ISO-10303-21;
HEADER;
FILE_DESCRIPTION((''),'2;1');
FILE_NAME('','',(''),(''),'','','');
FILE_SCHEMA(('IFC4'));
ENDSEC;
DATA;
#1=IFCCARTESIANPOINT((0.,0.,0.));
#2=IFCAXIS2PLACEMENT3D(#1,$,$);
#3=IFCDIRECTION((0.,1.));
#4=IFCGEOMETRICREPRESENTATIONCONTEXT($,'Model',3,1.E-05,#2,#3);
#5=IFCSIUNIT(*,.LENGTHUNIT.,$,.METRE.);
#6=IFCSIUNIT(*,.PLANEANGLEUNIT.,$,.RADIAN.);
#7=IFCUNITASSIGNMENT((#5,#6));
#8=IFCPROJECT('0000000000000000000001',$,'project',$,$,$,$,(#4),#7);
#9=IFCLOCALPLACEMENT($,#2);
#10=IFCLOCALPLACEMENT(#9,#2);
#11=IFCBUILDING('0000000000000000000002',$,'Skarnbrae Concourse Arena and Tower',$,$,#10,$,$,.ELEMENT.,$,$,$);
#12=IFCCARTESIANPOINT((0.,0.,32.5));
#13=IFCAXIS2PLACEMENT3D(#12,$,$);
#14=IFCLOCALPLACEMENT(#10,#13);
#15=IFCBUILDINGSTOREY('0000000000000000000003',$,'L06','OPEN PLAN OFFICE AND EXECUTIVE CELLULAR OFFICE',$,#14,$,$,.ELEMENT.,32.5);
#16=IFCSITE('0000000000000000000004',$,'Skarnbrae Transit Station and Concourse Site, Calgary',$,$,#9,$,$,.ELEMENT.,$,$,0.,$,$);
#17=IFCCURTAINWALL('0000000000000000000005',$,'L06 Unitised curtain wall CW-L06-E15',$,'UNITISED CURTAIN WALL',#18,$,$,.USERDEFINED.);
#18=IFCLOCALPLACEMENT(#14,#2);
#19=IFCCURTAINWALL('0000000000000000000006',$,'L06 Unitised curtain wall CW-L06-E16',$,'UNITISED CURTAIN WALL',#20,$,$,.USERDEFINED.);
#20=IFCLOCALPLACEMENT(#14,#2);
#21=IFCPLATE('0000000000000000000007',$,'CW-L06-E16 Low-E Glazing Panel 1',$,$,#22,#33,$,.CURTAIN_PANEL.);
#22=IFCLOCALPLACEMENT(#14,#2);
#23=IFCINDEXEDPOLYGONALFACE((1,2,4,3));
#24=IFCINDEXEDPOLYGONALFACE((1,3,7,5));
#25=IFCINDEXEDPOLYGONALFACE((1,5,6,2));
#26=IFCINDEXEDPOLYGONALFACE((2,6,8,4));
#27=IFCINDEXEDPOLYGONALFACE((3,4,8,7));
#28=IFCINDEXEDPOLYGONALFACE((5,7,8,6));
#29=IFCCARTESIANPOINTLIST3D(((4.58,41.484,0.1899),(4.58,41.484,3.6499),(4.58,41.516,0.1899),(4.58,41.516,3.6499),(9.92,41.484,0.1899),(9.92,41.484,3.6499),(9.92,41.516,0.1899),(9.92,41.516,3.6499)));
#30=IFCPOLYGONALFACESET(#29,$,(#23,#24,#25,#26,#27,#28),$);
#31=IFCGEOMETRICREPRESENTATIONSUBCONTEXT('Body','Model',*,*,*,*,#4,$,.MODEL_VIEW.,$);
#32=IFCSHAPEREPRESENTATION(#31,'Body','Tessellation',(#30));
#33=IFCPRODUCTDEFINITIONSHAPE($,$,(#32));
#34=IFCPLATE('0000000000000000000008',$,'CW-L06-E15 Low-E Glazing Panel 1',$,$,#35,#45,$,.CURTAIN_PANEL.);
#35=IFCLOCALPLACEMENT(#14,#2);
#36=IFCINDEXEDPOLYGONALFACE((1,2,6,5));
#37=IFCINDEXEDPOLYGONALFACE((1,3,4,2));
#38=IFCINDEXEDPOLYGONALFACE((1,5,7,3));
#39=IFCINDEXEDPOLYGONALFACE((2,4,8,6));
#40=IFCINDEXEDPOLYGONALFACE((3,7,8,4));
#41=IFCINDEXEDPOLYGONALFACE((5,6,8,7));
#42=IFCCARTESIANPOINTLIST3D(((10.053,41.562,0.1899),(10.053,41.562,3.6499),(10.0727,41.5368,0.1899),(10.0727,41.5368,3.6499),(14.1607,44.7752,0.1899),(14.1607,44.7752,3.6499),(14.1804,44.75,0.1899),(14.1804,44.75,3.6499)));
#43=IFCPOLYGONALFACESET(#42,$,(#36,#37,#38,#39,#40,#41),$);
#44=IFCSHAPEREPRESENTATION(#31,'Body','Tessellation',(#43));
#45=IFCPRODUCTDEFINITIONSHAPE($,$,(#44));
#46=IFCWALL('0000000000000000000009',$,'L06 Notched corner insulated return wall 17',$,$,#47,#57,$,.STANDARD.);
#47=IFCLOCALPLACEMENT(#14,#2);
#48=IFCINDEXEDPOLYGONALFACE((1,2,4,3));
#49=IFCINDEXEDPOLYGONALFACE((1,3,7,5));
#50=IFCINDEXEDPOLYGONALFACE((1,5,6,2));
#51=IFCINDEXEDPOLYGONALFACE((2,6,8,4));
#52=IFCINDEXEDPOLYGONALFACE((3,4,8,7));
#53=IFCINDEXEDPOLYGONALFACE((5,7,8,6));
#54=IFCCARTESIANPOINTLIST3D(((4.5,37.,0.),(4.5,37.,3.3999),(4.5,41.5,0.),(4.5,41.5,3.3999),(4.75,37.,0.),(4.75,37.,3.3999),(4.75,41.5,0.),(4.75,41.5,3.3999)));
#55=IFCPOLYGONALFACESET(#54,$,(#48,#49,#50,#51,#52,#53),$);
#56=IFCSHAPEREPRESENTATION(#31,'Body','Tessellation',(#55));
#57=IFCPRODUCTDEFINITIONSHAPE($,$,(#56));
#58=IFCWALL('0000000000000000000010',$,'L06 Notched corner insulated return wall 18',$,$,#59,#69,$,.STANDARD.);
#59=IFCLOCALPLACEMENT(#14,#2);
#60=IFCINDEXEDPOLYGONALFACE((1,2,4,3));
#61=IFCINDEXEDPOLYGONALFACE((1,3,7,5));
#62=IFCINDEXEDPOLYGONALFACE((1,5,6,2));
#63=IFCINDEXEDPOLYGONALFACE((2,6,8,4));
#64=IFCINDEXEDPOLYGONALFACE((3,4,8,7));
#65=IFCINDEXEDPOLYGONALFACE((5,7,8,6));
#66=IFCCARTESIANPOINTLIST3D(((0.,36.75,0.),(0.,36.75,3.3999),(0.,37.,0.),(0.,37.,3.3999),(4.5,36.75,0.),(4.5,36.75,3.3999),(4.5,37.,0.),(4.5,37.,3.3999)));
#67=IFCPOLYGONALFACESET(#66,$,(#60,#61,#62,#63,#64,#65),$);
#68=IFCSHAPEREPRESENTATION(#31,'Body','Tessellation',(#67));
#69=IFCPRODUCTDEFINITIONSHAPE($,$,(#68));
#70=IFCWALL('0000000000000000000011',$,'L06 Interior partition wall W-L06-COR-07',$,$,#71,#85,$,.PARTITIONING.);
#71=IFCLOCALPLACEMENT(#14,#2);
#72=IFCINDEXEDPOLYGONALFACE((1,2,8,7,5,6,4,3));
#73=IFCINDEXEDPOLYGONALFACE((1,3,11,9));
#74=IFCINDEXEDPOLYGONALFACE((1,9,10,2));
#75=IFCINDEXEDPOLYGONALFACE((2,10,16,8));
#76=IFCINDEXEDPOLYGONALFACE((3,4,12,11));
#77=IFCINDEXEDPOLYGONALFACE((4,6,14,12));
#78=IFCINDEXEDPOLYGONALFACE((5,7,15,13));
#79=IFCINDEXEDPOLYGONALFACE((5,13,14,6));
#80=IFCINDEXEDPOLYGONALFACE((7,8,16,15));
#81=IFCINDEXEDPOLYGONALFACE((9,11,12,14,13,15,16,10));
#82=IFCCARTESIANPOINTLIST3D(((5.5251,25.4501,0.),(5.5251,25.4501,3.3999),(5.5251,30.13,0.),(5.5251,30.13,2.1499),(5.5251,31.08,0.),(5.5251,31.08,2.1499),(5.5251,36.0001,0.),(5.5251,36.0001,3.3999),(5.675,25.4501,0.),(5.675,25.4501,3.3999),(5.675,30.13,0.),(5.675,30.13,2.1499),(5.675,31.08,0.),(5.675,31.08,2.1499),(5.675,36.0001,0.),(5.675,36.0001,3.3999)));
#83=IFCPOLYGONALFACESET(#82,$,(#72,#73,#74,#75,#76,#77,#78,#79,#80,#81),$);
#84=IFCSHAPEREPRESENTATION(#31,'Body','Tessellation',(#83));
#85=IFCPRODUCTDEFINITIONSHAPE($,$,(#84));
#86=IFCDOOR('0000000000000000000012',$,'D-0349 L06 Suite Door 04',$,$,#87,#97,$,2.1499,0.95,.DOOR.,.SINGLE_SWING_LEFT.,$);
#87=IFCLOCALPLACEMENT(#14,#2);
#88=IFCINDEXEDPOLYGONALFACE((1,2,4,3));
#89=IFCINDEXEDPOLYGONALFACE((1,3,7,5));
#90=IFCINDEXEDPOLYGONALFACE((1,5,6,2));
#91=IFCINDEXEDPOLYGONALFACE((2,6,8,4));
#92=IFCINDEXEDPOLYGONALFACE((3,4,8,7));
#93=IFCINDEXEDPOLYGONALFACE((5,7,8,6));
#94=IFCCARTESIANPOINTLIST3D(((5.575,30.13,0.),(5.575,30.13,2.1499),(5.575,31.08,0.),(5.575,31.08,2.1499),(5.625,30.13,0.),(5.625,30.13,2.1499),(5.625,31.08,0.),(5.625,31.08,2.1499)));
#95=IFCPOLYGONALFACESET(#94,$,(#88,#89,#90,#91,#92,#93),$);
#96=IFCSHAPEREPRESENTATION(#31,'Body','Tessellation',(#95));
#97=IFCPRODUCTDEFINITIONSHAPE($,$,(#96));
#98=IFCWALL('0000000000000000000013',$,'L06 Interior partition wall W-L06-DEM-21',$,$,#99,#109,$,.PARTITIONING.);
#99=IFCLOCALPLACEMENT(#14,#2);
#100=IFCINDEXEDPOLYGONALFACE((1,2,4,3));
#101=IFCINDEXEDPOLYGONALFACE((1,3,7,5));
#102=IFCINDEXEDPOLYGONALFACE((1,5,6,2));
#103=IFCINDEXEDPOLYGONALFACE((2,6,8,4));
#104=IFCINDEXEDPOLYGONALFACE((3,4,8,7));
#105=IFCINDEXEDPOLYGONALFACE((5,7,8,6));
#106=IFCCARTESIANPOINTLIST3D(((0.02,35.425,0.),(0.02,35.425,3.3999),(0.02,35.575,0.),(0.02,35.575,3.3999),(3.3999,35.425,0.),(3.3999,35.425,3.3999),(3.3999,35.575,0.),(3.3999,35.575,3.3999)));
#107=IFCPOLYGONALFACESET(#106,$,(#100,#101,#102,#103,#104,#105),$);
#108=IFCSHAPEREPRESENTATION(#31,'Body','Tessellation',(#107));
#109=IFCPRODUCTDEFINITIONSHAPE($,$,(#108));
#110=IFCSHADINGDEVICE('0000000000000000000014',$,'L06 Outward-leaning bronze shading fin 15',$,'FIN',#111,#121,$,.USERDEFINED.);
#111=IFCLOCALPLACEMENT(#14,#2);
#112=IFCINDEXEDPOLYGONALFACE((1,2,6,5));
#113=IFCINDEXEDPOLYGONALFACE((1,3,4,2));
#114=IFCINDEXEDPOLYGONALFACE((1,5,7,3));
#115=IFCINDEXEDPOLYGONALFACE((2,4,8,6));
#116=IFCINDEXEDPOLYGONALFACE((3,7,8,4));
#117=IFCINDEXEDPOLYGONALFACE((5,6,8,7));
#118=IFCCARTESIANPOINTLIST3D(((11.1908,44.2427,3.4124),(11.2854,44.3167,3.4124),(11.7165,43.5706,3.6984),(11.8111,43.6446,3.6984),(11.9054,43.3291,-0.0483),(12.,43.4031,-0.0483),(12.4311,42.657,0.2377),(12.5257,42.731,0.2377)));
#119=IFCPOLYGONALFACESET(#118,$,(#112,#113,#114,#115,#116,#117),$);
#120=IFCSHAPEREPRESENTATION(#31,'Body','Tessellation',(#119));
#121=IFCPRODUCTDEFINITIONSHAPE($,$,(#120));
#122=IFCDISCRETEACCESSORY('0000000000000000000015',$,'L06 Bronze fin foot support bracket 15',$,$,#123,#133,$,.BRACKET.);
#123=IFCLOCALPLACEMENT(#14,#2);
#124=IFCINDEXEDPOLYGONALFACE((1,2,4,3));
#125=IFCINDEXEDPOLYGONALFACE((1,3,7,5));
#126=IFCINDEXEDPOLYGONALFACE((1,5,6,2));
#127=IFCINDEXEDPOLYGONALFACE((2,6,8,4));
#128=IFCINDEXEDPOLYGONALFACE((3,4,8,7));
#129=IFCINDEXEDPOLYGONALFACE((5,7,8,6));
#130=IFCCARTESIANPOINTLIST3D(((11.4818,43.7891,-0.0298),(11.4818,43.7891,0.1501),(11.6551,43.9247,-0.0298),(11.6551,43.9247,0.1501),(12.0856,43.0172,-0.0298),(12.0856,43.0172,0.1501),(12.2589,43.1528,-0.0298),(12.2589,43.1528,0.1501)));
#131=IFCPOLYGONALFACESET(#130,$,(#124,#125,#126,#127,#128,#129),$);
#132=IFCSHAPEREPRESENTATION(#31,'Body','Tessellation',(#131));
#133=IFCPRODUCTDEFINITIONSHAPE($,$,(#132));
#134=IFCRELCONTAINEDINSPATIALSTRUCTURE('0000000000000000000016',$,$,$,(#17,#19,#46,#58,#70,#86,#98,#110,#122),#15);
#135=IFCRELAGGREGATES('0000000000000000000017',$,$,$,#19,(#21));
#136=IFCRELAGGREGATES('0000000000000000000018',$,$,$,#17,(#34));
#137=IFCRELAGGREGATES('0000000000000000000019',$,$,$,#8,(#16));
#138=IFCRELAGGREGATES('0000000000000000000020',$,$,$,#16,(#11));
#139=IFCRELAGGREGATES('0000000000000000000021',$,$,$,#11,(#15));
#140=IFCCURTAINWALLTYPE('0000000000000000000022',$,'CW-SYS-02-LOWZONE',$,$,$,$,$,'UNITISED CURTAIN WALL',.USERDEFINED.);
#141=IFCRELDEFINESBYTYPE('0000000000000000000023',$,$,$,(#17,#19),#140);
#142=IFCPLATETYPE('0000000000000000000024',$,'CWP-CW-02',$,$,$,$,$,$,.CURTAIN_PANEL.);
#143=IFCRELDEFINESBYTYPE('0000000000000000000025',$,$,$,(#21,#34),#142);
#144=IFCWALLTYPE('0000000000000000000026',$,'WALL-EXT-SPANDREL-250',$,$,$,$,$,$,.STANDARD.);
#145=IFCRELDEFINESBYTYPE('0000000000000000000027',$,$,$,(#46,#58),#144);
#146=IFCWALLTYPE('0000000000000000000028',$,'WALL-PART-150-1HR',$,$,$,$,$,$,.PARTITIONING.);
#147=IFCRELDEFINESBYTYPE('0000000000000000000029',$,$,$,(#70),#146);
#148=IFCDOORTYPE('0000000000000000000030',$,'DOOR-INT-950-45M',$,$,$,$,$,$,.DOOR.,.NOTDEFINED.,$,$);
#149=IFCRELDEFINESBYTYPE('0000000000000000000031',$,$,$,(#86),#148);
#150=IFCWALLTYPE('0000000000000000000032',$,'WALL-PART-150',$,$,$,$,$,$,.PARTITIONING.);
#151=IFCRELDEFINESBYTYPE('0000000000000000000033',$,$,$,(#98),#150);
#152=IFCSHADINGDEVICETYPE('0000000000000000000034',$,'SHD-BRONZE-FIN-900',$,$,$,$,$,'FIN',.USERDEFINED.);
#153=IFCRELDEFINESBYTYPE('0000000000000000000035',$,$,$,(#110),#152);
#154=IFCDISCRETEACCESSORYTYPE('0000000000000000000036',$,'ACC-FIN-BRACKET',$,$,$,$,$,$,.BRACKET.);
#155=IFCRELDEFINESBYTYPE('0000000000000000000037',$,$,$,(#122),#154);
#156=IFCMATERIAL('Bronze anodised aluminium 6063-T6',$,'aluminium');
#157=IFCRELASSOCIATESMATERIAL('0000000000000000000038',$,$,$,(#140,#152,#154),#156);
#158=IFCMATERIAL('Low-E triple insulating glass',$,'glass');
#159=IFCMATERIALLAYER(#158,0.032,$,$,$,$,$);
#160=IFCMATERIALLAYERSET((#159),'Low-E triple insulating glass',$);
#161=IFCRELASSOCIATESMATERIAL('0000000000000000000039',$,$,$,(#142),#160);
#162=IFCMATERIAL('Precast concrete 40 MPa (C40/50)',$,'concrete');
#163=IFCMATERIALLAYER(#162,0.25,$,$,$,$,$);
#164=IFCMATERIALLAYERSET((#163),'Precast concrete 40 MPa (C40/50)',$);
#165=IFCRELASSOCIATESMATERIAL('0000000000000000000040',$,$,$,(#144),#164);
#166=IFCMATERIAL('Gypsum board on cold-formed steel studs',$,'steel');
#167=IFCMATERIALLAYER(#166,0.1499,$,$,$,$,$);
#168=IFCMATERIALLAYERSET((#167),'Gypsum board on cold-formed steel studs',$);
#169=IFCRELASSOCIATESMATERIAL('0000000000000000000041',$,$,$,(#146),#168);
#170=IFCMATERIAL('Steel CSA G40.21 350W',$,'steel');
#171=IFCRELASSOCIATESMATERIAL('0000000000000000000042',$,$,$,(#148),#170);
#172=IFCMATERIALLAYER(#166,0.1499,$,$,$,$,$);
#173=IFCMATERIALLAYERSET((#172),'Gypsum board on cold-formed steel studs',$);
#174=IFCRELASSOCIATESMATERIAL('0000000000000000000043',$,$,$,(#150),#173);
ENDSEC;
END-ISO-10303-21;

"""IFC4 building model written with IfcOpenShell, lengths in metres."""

from ifc_helpers import new_model, si_unit, direction, frame, frame_2d, origin, origin_2d, place, context, subcontext, project, spatial, rectangle, extrude, source, transform, mapped, material, layer, layer_set, type_object, element, fill, aggregate, save


model = new_model("IFC4")

# Units and contexts
model_context = context("Model", 3, precision=1e-05, world=origin(), true_north=direction((0.0, 1.0)))
body_context = subcontext(model_context, "Body", "Model", "MODEL_VIEW")
ifc_project = project(units=[si_unit("LENGTHUNIT", "METRE"), si_unit("PLANEANGLEUNIT", "RADIAN")], contexts=[model_context])

# Site, building, storey
site_placement = place(None, origin())
site = spatial("IfcSite", under=ifc_project, at=site_placement, Name="Skarnbrae Transit Station and Concourse Site, Calgary", CompositionType="ELEMENT", RefElevation=0.0)
building_placement = place(site_placement, origin())
building = spatial("IfcBuilding", under=site, at=building_placement, Name="Skarnbrae Concourse Arena and Tower", CompositionType="ELEMENT")
storey_placement = place(building_placement, frame((0.0, 0.0, 32.5)))
storey = spatial("IfcBuildingStorey", under=building, at=storey_placement, Name="L06", Description="OPEN PLAN OFFICE AND EXECUTIVE CELLULAR OFFICE", CompositionType="ELEMENT", Elevation=32.5)

# Shared definitions
ifc_material_1 = material(Name="Steel CSA G40.21 350W", Category="steel")

# Shared definitions
ifc_material_2 = material(Name="Bronze anodised aluminium 6063-T6", Category="aluminium")
curtain_wall_type = type_object("IfcCurtainWallType", Name="CW-SYS-02-LOWZONE", ElementType="UNITISED CURTAIN WALL", PredefinedType="USERDEFINED", material=ifc_material_2)

# Curtain walls
curtain_wall_1_placement = place(storey_placement, origin())
curtain_wall_1 = element("IfcCurtainWall", 1, at=curtain_wall_1_placement, inside=storey, type_object=curtain_wall_type, Name="L06 Unitised curtain wall CW-L06-E15", ObjectType="UNITISED CURTAIN WALL", PredefinedType="USERDEFINED")
curtain_wall_2_placement = place(storey_placement, origin())
curtain_wall_2 = element("IfcCurtainWall", 2, at=curtain_wall_2_placement, inside=storey, type_object=curtain_wall_type, Name="L06 Unitised curtain wall CW-L06-E16", ObjectType="UNITISED CURTAIN WALL", PredefinedType="USERDEFINED")

# Plates
ifc_material_3 = material(Name="Low-E triple insulating glass", Category="glass")
ifc_layer_1 = layer(ifc_material_3, 0.032)
ifc_layer_set_1 = layer_set([ifc_layer_1], Name="Low-E triple insulating glass")
plate_type = type_object("IfcPlateType", Name="CWP-CW-02", PredefinedType="CURTAIN_PANEL", material=ifc_layer_set_1)
shared_shape_1 = source(origin(), body_context, "Body", "SweptSolid", [
    extrude(rectangle(XDim=5.3401, YDim=0.032, at=origin_2d()), origin(), (0.0, 0.0, 1.0), 3.46),
])
plate_1_placement = place(storey_placement, frame((7.25, 41.5, 0.1899), z_axis=(0.0, 0.0, 1.0), x_axis=(-1.0, 0.0, 0.0)))
plate_1 = element("IfcPlate", 3, at=plate_1_placement, type_object=plate_type, Name="CW-L06-E16 Low-E Glazing Panel 1", PredefinedType="CURTAIN_PANEL", context=body_context, shape_type="MappedRepresentation", body=[
    mapped(shared_shape_1, transform((0.0, 0.0, 0.0))),
])
aggregate(curtain_wall_2, [plate_1])
shared_shape_2 = source(origin(), body_context, "Body", "SweptSolid", [
    extrude(rectangle(XDim=5.2151, YDim=0.032, at=origin_2d()), origin(), (0.0, 0.0, 1.0), 3.46),
])
plate_2_placement = place(storey_placement, frame((12.1167, 43.156, 0.1899), z_axis=(0.0, 0.0, 1.0), x_axis=(-0.787652, -0.616121, 0.0)))
plate_2 = element("IfcPlate", 4, at=plate_2_placement, type_object=plate_type, Name="CW-L06-E15 Low-E Glazing Panel 1", PredefinedType="CURTAIN_PANEL", context=body_context, shape_type="MappedRepresentation", body=[
    mapped(shared_shape_2, transform((0.0, 0.0, 0.0))),
])
aggregate(curtain_wall_1, [plate_2])

# Walls
ifc_material_4 = material(Name="Precast concrete 40 MPa (C40/50)", Category="concrete")
ifc_layer_2 = layer(ifc_material_4, 0.25)
ifc_layer_set_2 = layer_set([ifc_layer_2], Name="Precast concrete 40 MPa (C40/50)")
wall_type_1 = type_object("IfcWallType", Name="WALL-EXT-SPANDREL-250", PredefinedType="STANDARD", material=ifc_layer_set_2)
shared_shape_3 = source(origin(), body_context, "Body", "SweptSolid", [
    extrude(rectangle(XDim=4.5, YDim=0.25, at=frame_2d((2.25, 0.0))), origin(), (0.0, 0.0, 1.0), 3.3999),
])
for number, where, z_axis, x_axis, name in (
    (5, (4.625, 41.5, 0.0), (0.0, 0.0, 1.0), (0.0, -1.0, 0.0), "L06 Notched corner insulated return wall 17"),
    (6, (4.5, 36.875, 0.0), (0.0, 0.0, 1.0), (-1.0, 0.0, 0.0), "L06 Notched corner insulated return wall 18"),
):
    element("IfcWall", number, at=place(storey_placement, frame(where, z_axis=z_axis, x_axis=x_axis)), inside=storey, type_object=wall_type_1, Name=name, PredefinedType="STANDARD", context=body_context, shape_type="MappedRepresentation", body=[
        mapped(shared_shape_3, transform((0.0, 0.0, 0.0))),
    ])

# Wall, opening, door
ifc_material_5 = material(Name="Gypsum board on cold-formed steel studs", Category="steel")
ifc_layer_3 = layer(ifc_material_5, 0.1499)
ifc_layer_set_3 = layer_set([ifc_layer_3], Name="Gypsum board on cold-formed steel studs")
wall_type_2 = type_object("IfcWallType", Name="WALL-PART-150-1HR", PredefinedType="PARTITIONING", material=ifc_layer_set_3)
shared_shape_4 = source(origin(), body_context, "Body", "SweptSolid", [
    extrude(rectangle(XDim=10.55, YDim=0.1499, at=frame_2d((5.2749, 0.0))), origin(), (0.0, 0.0, 1.0), 3.3999),
])
wall_1_placement = place(storey_placement, frame((5.6001, 36.0, 0.0), z_axis=(0.0, 0.0, 1.0), x_axis=(0.0, -1.0, 0.0)))
wall_1 = element("IfcWall", 7, at=wall_1_placement, inside=storey, type_object=wall_type_2, Name="L06 Interior partition wall W-L06-COR-07", PredefinedType="PARTITIONING", context=body_context, shape_type="MappedRepresentation", body=[
    mapped(shared_shape_4, transform((0.0, 0.0, 0.0))),
])
opening_1_placement = place(wall_1_placement, frame((4.9199, 0.0, 0.0)))
opening_1 = element("IfcOpeningElement", 8, at=opening_1_placement, cuts=wall_1, PredefinedType="OPENING", context=body_context, shape_type="SweptSolid", body=[
    extrude(rectangle(XDim=0.95, YDim=2.1499, at=frame_2d((0.4751, 1.075))), frame((0.0, 0.085, 0.0), z_axis=(0.0, -1.0, 0.0), x_axis=(1.0, 0.0, 0.0)), (0.0, 0.0, 1.0), 0.1699),
])
door_type = type_object("IfcDoorType", Name="DOOR-INT-950-45M", OperationType="NOTDEFINED", PredefinedType="DOOR", material=ifc_material_1)
shared_shape_5 = source(origin(), body_context, "Body", "SweptSolid", [
    extrude(rectangle(XDim=0.95, YDim=2.1499, at=frame_2d((0.4751, 1.075))), frame((0.0, 0.0249, 0.0), z_axis=(0.0, -1.0, 0.0), x_axis=(1.0, 0.0, 0.0)), (0.0, 0.0, 1.0), 0.05),
])
door_1_placement = place(opening_1_placement, origin())
door_1 = element("IfcDoor", 9, at=door_1_placement, inside=storey, type_object=door_type, Name="D-0349 L06 Suite Door 04", OperationType="SINGLE_SWING_LEFT", OverallHeight=2.1499, OverallWidth=0.95, PredefinedType="DOOR", context=body_context, shape_type="MappedRepresentation", body=[
    mapped(shared_shape_5, transform((0.0, 0.0, 0.0))),
])
fill(opening_1, door_1)

# Wall
ifc_layer_4 = layer(ifc_material_5, 0.1499)
ifc_layer_set_4 = layer_set([ifc_layer_4], Name="Gypsum board on cold-formed steel studs")
wall_type_3 = type_object("IfcWallType", Name="WALL-PART-150", PredefinedType="PARTITIONING", material=ifc_layer_set_4)
shared_shape_6 = source(origin(), body_context, "Body", "SweptSolid", [
    extrude(rectangle(XDim=3.3799, YDim=0.1499, at=frame_2d((1.6899, 0.0))), origin(), (0.0, 0.0, 1.0), 3.3999),
])
wall_2_placement = place(storey_placement, frame((0.02, 35.5, 0.0), z_axis=(0.0, 0.0, 1.0), x_axis=(1.0, 0.0, 0.0)))
element("IfcWall", 10, at=wall_2_placement, inside=storey, type_object=wall_type_3, Name="L06 Interior partition wall W-L06-DEM-21", PredefinedType="PARTITIONING", context=body_context, shape_type="MappedRepresentation", body=[
    mapped(shared_shape_6, transform((0.0, 0.0, 0.0))),
])

# Shading device
shading_device_type = type_object("IfcShadingDeviceType", Name="SHD-BRONZE-FIN-900", ElementType="FIN", PredefinedType="USERDEFINED", material=ifc_material_2)
shared_shape_7 = source(origin(), body_context, "Body", "SweptSolid", [
    extrude(rectangle(XDim=0.1201, YDim=0.8999, at=origin_2d()), origin(), (0.0, 0.0, 1.0), 3.6499),
])
shading_device_placement = place(storey_placement, frame((12.2156, 43.03, 0.0947), z_axis=(-0.195802, 0.250318, 0.948157), x_axis=(0.787656, 0.616115, 0.0)))
element("IfcShadingDevice", 11, at=shading_device_placement, inside=storey, type_object=shading_device_type, Name="L06 Outward-leaning bronze shading fin 15", ObjectType="FIN", PredefinedType="USERDEFINED", context=body_context, shape_type="MappedRepresentation", body=[
    mapped(shared_shape_7, transform((0.0, 0.0, 0.0))),
])

# Discrete accessory
discrete_accessory_type = type_object("IfcDiscreteAccessoryType", Name="ACC-FIN-BRACKET", PredefinedType="BRACKET", material=ifc_material_2)
shared_shape_8 = source(origin(), body_context, "Body", "SweptSolid", [
    extrude(rectangle(XDim=0.22, YDim=0.98, at=origin_2d()), origin(), (0.0, 0.0, 1.0), 0.1799),
])
discrete_accessory_placement = place(storey_placement, frame((11.8704, 43.4709, -0.0298), z_axis=(0.0, 0.0, 1.0), x_axis=(0.787656, 0.616115, 0.0)))
element("IfcDiscreteAccessory", 12, at=discrete_accessory_placement, inside=storey, type_object=discrete_accessory_type, Name="L06 Bronze fin foot support bracket 15", PredefinedType="BRACKET", context=body_context, shape_type="MappedRepresentation", body=[
    mapped(shared_shape_8, transform((0.0, 0.0, 0.0))),
])

save(model, "model.ifc")
